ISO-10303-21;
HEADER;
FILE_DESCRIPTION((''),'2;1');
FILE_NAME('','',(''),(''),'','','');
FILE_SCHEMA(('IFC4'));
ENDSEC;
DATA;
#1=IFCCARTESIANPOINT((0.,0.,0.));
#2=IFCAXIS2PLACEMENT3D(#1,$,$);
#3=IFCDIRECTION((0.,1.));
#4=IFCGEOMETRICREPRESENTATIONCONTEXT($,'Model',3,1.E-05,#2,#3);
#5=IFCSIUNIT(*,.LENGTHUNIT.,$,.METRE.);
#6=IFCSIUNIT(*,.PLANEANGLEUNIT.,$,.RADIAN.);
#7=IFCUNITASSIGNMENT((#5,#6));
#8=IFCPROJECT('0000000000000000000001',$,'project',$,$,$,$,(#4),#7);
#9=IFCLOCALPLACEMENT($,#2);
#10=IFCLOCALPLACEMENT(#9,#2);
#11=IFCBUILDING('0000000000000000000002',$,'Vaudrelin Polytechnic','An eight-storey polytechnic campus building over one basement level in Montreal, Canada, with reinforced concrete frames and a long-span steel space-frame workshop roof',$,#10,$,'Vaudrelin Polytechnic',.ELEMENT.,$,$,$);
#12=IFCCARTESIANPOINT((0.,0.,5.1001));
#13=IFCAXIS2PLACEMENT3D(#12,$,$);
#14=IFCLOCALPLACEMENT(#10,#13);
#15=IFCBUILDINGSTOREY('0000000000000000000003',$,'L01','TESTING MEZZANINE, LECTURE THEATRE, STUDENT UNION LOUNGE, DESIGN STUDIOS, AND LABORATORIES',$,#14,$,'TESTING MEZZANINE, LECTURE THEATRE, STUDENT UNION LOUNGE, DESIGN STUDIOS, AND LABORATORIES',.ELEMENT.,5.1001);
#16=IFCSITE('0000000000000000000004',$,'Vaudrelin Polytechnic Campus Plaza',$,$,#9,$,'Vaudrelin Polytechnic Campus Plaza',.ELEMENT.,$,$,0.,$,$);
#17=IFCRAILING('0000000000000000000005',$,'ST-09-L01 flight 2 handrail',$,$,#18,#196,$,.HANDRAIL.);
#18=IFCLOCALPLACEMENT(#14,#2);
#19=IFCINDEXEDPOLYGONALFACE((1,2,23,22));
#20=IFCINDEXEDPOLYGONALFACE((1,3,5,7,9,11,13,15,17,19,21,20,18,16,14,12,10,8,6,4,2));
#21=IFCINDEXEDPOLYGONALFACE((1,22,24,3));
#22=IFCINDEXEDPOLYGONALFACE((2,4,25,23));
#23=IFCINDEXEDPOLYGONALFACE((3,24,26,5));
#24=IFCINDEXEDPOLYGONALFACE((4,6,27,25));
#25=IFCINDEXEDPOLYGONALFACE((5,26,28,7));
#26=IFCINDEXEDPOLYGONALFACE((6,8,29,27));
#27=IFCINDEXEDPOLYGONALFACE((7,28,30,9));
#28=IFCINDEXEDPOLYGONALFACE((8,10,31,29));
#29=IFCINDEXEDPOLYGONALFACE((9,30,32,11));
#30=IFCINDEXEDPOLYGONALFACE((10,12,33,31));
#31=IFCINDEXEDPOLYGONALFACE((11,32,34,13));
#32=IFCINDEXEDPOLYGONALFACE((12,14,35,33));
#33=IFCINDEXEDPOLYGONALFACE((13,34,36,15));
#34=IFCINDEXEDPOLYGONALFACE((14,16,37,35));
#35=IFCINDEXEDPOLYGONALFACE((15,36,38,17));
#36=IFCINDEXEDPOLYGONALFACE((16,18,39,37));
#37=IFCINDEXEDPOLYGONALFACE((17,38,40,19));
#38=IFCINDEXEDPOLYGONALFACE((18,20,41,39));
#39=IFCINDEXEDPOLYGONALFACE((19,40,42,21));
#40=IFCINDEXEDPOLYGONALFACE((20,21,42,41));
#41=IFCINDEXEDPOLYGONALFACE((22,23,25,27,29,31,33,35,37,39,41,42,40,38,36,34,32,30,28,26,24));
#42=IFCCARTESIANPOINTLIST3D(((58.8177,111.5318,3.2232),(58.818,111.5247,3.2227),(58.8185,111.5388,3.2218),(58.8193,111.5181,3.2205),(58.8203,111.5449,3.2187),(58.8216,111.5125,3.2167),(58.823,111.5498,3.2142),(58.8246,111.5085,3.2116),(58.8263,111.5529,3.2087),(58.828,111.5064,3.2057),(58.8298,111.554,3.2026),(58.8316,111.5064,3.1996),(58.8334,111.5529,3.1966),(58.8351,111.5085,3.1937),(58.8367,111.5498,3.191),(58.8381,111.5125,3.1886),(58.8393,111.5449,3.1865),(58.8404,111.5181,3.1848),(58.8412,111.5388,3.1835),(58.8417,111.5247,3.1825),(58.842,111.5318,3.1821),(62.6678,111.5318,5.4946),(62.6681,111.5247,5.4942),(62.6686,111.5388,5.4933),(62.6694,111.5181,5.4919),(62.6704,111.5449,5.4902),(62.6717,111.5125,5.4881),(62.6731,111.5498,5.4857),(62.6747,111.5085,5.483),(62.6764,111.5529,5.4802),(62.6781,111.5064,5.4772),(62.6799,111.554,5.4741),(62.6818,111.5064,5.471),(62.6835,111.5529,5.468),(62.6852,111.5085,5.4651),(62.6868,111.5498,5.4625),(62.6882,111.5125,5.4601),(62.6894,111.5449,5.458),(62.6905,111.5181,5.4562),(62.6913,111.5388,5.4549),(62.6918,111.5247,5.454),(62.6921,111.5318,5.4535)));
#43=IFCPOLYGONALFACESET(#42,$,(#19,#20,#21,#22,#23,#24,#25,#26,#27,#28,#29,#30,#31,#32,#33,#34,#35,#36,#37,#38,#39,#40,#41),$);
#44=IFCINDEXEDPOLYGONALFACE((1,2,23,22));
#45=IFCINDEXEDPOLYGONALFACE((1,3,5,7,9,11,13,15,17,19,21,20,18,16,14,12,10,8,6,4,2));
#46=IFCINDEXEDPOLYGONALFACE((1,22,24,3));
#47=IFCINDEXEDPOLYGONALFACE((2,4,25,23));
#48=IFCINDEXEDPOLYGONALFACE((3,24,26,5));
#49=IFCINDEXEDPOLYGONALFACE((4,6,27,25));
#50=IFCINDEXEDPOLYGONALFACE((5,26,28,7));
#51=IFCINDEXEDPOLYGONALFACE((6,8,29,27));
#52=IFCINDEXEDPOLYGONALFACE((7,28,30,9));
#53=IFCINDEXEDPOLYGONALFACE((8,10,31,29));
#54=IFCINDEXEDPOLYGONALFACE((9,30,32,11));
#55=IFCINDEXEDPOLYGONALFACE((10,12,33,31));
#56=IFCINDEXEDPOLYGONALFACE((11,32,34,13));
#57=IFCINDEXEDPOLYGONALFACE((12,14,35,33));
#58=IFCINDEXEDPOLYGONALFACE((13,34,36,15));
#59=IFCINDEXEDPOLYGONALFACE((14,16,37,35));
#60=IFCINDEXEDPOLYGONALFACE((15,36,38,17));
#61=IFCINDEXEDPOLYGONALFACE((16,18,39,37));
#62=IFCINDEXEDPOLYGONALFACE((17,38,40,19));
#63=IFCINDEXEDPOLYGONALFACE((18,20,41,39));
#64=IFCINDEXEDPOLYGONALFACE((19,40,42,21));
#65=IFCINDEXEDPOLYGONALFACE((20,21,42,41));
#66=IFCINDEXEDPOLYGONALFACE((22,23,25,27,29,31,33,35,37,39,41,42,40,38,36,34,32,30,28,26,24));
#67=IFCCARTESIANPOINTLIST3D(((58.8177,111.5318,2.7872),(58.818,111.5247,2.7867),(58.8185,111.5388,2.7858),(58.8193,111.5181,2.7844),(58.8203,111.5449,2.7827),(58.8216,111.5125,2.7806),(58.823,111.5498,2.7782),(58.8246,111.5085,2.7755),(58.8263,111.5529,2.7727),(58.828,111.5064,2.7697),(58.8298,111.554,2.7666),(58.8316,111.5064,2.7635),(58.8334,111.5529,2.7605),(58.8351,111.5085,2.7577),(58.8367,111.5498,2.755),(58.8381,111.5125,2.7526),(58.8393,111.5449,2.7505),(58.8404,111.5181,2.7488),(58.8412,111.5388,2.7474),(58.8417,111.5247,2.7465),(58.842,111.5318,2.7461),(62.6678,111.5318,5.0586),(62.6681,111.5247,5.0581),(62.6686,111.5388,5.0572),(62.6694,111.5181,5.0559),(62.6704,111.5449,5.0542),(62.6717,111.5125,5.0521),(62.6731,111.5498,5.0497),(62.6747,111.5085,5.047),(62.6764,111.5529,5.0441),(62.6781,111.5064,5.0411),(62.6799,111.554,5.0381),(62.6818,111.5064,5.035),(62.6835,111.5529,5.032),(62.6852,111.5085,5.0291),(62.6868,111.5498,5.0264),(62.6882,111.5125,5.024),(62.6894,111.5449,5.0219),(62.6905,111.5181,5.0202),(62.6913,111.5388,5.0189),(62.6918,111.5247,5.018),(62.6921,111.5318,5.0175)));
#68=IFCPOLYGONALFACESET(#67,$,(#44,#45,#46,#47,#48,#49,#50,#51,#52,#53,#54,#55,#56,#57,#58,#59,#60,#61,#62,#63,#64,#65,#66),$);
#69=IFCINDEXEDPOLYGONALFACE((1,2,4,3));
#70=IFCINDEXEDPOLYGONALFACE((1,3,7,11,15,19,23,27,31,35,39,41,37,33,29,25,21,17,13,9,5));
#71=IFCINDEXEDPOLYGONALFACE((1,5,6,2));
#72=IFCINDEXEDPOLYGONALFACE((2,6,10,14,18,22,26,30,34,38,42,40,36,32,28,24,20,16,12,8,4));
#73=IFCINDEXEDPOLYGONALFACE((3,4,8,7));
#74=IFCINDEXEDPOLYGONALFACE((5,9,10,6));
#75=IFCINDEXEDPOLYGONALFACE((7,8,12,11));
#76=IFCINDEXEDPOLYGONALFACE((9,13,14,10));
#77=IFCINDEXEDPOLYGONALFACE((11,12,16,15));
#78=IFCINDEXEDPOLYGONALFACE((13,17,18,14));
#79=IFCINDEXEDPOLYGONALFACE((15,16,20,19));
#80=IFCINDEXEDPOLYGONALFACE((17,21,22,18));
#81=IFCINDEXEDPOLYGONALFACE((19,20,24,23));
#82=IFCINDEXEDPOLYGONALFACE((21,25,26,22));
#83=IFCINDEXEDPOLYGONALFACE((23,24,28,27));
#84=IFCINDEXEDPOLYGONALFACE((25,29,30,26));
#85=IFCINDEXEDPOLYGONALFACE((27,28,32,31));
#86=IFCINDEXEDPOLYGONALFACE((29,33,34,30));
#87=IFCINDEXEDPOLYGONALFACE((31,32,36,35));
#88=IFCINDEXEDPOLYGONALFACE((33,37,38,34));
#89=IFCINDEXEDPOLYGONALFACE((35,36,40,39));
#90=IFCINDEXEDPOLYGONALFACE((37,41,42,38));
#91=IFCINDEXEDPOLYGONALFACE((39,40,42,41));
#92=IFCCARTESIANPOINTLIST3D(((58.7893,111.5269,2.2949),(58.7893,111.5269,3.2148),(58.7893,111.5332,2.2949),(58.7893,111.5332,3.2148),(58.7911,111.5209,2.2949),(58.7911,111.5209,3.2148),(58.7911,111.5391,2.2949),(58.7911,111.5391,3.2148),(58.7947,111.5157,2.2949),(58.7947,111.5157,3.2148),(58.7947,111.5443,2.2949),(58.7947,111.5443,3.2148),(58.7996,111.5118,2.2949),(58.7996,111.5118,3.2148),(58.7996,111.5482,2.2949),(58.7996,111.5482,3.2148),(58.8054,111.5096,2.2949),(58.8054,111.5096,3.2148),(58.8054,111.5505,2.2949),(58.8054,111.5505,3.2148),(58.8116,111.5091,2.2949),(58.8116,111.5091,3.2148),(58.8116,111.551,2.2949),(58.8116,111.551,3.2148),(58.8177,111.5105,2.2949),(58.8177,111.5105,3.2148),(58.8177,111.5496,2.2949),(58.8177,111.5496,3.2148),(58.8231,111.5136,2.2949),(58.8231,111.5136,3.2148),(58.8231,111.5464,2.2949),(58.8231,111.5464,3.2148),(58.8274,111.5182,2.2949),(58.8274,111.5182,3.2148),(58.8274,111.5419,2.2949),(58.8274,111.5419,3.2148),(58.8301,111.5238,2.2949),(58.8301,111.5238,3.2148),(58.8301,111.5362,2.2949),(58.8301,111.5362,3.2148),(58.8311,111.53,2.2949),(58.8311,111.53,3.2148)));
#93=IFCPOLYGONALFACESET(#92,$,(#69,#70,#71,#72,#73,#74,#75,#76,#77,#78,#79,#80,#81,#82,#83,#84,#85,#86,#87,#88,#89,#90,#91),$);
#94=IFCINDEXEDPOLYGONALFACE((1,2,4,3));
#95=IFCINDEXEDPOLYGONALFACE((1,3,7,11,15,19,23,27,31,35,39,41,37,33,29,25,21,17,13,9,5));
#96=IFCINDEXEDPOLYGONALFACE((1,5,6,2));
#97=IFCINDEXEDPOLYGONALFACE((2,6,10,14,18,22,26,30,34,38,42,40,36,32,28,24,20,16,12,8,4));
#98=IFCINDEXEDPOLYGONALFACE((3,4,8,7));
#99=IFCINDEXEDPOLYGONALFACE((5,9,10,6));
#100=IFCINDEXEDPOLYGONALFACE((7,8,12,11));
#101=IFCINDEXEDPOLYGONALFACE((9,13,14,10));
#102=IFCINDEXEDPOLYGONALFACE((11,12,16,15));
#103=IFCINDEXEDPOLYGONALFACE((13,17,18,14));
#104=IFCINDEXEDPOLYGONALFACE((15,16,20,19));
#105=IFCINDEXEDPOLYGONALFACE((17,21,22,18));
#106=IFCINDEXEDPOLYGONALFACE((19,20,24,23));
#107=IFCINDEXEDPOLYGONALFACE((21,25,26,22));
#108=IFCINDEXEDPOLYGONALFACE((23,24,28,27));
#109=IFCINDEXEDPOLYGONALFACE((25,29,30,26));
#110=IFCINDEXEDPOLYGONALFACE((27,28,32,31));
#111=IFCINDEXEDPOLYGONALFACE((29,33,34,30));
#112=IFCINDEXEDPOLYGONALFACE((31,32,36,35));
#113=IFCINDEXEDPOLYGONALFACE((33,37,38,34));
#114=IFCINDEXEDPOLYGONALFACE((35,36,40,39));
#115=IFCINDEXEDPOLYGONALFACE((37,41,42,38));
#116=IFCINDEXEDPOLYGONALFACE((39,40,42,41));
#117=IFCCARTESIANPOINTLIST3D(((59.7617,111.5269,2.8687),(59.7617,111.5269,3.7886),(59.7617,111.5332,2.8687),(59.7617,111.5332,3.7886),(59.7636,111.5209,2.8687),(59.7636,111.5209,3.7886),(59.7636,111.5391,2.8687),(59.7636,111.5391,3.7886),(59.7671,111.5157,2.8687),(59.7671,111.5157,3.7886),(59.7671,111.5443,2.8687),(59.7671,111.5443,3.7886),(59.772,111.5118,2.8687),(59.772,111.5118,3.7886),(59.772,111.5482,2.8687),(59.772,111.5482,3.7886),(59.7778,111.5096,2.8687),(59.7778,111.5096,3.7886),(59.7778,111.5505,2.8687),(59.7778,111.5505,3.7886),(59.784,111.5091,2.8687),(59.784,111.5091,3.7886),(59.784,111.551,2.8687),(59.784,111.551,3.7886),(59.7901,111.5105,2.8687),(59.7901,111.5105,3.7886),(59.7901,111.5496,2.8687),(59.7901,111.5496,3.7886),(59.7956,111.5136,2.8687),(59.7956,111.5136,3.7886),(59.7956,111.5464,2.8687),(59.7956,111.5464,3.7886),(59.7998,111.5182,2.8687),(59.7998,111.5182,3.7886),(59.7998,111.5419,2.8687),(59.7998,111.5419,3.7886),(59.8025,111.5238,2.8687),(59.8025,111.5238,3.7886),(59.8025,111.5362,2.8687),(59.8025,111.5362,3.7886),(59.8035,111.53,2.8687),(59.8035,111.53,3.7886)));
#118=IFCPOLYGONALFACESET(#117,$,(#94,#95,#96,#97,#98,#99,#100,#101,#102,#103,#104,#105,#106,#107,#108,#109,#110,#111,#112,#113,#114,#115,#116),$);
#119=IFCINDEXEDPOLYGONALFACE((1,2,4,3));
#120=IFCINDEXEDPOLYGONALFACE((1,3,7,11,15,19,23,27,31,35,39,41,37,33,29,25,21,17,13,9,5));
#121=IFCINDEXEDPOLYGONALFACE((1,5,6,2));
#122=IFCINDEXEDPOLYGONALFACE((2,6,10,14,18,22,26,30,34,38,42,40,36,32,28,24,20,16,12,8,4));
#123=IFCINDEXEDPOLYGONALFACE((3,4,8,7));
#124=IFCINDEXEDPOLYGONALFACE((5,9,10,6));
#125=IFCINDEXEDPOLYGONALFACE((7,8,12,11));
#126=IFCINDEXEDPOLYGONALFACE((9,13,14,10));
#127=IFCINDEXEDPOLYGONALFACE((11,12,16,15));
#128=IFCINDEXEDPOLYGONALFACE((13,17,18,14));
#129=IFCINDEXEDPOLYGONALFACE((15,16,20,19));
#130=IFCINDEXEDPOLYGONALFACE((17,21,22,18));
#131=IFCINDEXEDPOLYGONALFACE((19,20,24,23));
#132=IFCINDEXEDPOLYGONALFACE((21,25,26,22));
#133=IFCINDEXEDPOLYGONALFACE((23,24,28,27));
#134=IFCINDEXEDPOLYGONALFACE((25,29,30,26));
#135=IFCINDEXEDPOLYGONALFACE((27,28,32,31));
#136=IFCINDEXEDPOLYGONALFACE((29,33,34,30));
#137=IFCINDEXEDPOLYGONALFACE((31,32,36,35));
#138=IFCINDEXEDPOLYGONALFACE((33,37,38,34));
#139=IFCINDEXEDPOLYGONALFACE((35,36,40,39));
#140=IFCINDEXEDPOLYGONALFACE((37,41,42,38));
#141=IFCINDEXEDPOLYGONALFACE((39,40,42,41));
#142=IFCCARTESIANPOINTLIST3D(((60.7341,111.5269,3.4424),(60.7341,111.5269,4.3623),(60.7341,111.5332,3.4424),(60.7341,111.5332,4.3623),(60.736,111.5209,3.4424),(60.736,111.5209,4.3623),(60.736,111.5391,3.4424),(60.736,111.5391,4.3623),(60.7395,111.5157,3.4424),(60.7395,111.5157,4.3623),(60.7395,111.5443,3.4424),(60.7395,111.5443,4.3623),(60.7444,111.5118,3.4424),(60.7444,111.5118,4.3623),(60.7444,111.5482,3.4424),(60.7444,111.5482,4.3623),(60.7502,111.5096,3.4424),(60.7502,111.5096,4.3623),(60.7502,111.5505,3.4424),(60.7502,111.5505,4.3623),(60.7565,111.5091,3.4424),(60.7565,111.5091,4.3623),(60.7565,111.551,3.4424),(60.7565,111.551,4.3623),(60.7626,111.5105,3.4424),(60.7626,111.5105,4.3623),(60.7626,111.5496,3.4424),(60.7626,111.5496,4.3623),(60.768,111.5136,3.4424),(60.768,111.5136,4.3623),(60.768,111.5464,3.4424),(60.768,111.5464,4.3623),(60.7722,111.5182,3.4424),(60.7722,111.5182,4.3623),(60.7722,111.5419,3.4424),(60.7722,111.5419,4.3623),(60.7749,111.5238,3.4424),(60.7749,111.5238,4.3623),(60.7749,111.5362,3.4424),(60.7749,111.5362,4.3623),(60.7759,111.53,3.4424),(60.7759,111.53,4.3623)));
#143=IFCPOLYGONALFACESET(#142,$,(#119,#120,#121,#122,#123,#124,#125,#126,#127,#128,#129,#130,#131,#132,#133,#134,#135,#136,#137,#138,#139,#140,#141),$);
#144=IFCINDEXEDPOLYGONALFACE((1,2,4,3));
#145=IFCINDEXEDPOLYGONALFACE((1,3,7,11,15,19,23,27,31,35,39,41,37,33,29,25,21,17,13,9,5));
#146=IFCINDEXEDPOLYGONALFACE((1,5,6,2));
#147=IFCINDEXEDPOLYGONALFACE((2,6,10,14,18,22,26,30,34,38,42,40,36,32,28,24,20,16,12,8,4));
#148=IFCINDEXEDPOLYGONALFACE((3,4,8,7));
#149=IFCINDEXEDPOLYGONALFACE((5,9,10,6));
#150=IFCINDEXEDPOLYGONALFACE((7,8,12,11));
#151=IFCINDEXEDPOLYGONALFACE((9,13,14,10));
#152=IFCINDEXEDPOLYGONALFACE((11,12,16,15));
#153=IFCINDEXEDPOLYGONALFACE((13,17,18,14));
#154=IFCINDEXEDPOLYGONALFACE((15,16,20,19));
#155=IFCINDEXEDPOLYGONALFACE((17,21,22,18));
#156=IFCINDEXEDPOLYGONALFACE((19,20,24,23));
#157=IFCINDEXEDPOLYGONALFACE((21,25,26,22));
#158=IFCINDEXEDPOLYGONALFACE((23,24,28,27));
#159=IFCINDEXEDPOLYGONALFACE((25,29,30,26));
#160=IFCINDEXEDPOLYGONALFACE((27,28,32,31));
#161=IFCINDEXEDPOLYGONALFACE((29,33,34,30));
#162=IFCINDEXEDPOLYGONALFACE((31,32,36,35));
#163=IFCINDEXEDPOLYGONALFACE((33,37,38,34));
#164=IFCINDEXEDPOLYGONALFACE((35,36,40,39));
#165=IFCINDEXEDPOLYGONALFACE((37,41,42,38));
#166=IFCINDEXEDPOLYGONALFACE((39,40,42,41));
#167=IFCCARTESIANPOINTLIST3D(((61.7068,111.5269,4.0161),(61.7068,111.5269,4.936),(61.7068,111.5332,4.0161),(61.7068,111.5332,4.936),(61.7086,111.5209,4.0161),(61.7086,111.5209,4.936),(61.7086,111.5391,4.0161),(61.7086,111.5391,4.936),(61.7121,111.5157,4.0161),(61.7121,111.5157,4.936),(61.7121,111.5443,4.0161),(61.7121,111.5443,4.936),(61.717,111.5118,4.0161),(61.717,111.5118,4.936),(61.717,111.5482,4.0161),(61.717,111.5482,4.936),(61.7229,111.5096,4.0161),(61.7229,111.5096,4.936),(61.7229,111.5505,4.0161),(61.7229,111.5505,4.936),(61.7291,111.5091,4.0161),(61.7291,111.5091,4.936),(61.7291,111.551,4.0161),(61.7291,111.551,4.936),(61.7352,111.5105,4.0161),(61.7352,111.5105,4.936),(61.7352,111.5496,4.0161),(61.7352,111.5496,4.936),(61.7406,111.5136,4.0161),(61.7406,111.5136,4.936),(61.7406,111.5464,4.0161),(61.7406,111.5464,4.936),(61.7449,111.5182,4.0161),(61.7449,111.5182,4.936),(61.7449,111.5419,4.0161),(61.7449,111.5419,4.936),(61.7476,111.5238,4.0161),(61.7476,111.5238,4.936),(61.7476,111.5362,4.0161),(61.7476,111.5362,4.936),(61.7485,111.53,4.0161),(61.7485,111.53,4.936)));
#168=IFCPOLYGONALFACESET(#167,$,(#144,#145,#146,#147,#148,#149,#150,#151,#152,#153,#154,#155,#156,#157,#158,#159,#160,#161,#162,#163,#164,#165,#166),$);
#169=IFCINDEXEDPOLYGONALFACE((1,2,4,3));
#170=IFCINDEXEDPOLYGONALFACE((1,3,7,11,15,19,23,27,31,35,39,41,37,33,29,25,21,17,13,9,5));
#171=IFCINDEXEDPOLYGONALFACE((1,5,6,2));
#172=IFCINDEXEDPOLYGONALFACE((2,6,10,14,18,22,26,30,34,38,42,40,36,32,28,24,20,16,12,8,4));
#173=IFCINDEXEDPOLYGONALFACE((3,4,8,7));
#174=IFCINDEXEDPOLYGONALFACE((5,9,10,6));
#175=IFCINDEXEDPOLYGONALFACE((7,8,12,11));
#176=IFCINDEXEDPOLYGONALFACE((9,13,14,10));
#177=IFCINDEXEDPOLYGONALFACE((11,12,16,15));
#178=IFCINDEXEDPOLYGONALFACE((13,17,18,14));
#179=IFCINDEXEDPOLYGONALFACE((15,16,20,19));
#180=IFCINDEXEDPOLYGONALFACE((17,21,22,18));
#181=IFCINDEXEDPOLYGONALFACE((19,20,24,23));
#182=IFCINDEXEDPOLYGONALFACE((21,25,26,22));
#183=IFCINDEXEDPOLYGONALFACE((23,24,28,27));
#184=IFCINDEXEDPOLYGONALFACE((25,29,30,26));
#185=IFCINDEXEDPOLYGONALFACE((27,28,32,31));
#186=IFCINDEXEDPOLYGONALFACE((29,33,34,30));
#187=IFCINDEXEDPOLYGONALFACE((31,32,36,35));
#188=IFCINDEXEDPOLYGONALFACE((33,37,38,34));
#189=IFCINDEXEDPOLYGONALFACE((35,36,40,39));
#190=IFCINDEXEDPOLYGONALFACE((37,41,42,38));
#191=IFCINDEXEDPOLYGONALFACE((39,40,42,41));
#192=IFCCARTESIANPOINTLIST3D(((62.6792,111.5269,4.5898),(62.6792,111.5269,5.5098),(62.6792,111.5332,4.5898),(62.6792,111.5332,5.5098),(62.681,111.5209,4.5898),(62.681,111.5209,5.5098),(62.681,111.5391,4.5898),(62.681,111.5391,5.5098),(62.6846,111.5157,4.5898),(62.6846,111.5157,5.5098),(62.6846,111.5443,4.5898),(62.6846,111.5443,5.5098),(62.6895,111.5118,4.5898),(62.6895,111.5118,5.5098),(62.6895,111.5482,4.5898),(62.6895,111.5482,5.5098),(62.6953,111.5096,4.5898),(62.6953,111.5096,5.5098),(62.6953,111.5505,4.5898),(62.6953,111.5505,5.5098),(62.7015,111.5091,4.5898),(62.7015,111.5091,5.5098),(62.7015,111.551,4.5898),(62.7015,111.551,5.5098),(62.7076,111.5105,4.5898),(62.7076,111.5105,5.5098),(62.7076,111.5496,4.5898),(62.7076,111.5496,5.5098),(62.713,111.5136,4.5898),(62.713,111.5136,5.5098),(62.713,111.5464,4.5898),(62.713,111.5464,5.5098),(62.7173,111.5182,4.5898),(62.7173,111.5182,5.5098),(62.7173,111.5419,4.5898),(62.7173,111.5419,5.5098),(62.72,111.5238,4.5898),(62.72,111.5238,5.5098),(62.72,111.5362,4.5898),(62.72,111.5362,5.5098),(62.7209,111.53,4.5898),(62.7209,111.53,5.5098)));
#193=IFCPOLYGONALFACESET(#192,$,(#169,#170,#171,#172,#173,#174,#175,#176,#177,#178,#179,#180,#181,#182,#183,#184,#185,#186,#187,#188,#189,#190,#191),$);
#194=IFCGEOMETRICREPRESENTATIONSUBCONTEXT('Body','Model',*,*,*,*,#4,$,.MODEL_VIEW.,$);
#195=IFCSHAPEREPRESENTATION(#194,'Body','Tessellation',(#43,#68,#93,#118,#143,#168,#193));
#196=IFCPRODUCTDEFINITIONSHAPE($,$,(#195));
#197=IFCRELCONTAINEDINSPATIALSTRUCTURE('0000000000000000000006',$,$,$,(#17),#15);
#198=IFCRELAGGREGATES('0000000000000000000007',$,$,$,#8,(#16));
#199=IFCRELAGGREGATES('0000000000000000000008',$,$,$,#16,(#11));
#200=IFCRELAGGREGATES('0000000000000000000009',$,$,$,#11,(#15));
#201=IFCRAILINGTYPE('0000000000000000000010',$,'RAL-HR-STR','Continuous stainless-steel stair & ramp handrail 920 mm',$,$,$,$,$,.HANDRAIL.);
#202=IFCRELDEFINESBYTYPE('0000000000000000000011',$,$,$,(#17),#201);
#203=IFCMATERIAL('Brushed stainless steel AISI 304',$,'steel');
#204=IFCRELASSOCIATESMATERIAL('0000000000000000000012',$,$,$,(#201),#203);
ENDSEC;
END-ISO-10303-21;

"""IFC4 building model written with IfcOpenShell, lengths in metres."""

from ifc_helpers import new_model, si_unit, direction, frame, origin, origin_2d, place, context, subcontext, project, spatial, circle, extrude, material, type_object, element, save


model = new_model("IFC4")

# Units and contexts
model_context = context("Model", 3, precision=1e-05, world=origin(), true_north=direction((0.0, 1.0)))
body_context = subcontext(model_context, "Body", "Model", "MODEL_VIEW")
ifc_project = project(units=[si_unit("LENGTHUNIT", "METRE"), si_unit("PLANEANGLEUNIT", "RADIAN")], contexts=[model_context])

# Site, building, storey
site_placement = place(None, origin())
site = spatial("IfcSite", under=ifc_project, at=site_placement, Name="Vaudrelin Polytechnic Campus Plaza", LongName="Vaudrelin Polytechnic Campus Plaza", CompositionType="ELEMENT", RefElevation=0.0)
building_placement = place(site_placement, origin())
building = spatial("IfcBuilding", under=site, at=building_placement, Name="Vaudrelin Polytechnic", Description="An eight-storey polytechnic campus building over one basement level in Montreal, Canada, with reinforced concrete frames and a long-span steel space-frame workshop roof", LongName="Vaudrelin Polytechnic", CompositionType="ELEMENT")
storey_placement = place(building_placement, frame((0.0, 0.0, 5.1001)))
storey = spatial("IfcBuildingStorey", under=building, at=storey_placement, Name="L01", Description="TESTING MEZZANINE, LECTURE THEATRE, STUDENT UNION LOUNGE, DESIGN STUDIOS, AND LABORATORIES", LongName="TESTING MEZZANINE, LECTURE THEATRE, STUDENT UNION LOUNGE, DESIGN STUDIOS, AND LABORATORIES", CompositionType="ELEMENT", Elevation=5.1001)

# Railing
ifc_material_1 = material(Name="Brushed stainless steel AISI 304", Category="steel")
railing_type_1 = type_object("IfcRailingType", Name="RAL-HR-STR", Description="Continuous stainless-steel stair & ramp handrail 920 mm", PredefinedType="HANDRAIL", material=ifc_material_1)
railing_1_placement = place(storey_placement, frame((58.8101, 111.53, 2.2949)))
element("IfcRailing", 1, at=railing_1_placement, inside=storey, type_object=railing_type_1, Name="ST-09-L01 flight 2 handrail", PredefinedType="HANDRAIL", context=body_context, shape_type="SweptSolid", body=[
    extrude(circle(Radius=0.0239, at=origin_2d()), frame((0.0198, 0.0, 0.9077), z_axis=(0.86128, 0.0, 0.50813), x_axis=(0.0, 1.0, 0.0)), (0.0, 0.0, 1.0), 4.4702),
    extrude(circle(Radius=0.0239, at=origin_2d()), frame((0.0198, 0.0, 0.4717), z_axis=(0.86128, 0.0, 0.50813), x_axis=(0.0, 1.0, 0.0)), (0.0, 0.0, 1.0), 4.4702),
    extrude(circle(Radius=0.021, at=origin_2d()), origin(), (0.0, 0.0, 1.0), 0.9199),
    extrude(circle(Radius=0.021, at=origin_2d()), frame((0.9724, 0.0, 0.5737)), (0.0, 0.0, 1.0), 0.9199),
    extrude(circle(Radius=0.021, at=origin_2d()), frame((1.9448, 0.0, 1.1475)), (0.0, 0.0, 1.0), 0.9199),
    extrude(circle(Radius=0.021, at=origin_2d()), frame((2.9175, 0.0, 1.7212)), (0.0, 0.0, 1.0), 0.9199),
    extrude(circle(Radius=0.021, at=origin_2d()), frame((3.8899, 0.0, 2.2949)), (0.0, 0.0, 1.0), 0.9199),
])

save(model, "model.ifc")
